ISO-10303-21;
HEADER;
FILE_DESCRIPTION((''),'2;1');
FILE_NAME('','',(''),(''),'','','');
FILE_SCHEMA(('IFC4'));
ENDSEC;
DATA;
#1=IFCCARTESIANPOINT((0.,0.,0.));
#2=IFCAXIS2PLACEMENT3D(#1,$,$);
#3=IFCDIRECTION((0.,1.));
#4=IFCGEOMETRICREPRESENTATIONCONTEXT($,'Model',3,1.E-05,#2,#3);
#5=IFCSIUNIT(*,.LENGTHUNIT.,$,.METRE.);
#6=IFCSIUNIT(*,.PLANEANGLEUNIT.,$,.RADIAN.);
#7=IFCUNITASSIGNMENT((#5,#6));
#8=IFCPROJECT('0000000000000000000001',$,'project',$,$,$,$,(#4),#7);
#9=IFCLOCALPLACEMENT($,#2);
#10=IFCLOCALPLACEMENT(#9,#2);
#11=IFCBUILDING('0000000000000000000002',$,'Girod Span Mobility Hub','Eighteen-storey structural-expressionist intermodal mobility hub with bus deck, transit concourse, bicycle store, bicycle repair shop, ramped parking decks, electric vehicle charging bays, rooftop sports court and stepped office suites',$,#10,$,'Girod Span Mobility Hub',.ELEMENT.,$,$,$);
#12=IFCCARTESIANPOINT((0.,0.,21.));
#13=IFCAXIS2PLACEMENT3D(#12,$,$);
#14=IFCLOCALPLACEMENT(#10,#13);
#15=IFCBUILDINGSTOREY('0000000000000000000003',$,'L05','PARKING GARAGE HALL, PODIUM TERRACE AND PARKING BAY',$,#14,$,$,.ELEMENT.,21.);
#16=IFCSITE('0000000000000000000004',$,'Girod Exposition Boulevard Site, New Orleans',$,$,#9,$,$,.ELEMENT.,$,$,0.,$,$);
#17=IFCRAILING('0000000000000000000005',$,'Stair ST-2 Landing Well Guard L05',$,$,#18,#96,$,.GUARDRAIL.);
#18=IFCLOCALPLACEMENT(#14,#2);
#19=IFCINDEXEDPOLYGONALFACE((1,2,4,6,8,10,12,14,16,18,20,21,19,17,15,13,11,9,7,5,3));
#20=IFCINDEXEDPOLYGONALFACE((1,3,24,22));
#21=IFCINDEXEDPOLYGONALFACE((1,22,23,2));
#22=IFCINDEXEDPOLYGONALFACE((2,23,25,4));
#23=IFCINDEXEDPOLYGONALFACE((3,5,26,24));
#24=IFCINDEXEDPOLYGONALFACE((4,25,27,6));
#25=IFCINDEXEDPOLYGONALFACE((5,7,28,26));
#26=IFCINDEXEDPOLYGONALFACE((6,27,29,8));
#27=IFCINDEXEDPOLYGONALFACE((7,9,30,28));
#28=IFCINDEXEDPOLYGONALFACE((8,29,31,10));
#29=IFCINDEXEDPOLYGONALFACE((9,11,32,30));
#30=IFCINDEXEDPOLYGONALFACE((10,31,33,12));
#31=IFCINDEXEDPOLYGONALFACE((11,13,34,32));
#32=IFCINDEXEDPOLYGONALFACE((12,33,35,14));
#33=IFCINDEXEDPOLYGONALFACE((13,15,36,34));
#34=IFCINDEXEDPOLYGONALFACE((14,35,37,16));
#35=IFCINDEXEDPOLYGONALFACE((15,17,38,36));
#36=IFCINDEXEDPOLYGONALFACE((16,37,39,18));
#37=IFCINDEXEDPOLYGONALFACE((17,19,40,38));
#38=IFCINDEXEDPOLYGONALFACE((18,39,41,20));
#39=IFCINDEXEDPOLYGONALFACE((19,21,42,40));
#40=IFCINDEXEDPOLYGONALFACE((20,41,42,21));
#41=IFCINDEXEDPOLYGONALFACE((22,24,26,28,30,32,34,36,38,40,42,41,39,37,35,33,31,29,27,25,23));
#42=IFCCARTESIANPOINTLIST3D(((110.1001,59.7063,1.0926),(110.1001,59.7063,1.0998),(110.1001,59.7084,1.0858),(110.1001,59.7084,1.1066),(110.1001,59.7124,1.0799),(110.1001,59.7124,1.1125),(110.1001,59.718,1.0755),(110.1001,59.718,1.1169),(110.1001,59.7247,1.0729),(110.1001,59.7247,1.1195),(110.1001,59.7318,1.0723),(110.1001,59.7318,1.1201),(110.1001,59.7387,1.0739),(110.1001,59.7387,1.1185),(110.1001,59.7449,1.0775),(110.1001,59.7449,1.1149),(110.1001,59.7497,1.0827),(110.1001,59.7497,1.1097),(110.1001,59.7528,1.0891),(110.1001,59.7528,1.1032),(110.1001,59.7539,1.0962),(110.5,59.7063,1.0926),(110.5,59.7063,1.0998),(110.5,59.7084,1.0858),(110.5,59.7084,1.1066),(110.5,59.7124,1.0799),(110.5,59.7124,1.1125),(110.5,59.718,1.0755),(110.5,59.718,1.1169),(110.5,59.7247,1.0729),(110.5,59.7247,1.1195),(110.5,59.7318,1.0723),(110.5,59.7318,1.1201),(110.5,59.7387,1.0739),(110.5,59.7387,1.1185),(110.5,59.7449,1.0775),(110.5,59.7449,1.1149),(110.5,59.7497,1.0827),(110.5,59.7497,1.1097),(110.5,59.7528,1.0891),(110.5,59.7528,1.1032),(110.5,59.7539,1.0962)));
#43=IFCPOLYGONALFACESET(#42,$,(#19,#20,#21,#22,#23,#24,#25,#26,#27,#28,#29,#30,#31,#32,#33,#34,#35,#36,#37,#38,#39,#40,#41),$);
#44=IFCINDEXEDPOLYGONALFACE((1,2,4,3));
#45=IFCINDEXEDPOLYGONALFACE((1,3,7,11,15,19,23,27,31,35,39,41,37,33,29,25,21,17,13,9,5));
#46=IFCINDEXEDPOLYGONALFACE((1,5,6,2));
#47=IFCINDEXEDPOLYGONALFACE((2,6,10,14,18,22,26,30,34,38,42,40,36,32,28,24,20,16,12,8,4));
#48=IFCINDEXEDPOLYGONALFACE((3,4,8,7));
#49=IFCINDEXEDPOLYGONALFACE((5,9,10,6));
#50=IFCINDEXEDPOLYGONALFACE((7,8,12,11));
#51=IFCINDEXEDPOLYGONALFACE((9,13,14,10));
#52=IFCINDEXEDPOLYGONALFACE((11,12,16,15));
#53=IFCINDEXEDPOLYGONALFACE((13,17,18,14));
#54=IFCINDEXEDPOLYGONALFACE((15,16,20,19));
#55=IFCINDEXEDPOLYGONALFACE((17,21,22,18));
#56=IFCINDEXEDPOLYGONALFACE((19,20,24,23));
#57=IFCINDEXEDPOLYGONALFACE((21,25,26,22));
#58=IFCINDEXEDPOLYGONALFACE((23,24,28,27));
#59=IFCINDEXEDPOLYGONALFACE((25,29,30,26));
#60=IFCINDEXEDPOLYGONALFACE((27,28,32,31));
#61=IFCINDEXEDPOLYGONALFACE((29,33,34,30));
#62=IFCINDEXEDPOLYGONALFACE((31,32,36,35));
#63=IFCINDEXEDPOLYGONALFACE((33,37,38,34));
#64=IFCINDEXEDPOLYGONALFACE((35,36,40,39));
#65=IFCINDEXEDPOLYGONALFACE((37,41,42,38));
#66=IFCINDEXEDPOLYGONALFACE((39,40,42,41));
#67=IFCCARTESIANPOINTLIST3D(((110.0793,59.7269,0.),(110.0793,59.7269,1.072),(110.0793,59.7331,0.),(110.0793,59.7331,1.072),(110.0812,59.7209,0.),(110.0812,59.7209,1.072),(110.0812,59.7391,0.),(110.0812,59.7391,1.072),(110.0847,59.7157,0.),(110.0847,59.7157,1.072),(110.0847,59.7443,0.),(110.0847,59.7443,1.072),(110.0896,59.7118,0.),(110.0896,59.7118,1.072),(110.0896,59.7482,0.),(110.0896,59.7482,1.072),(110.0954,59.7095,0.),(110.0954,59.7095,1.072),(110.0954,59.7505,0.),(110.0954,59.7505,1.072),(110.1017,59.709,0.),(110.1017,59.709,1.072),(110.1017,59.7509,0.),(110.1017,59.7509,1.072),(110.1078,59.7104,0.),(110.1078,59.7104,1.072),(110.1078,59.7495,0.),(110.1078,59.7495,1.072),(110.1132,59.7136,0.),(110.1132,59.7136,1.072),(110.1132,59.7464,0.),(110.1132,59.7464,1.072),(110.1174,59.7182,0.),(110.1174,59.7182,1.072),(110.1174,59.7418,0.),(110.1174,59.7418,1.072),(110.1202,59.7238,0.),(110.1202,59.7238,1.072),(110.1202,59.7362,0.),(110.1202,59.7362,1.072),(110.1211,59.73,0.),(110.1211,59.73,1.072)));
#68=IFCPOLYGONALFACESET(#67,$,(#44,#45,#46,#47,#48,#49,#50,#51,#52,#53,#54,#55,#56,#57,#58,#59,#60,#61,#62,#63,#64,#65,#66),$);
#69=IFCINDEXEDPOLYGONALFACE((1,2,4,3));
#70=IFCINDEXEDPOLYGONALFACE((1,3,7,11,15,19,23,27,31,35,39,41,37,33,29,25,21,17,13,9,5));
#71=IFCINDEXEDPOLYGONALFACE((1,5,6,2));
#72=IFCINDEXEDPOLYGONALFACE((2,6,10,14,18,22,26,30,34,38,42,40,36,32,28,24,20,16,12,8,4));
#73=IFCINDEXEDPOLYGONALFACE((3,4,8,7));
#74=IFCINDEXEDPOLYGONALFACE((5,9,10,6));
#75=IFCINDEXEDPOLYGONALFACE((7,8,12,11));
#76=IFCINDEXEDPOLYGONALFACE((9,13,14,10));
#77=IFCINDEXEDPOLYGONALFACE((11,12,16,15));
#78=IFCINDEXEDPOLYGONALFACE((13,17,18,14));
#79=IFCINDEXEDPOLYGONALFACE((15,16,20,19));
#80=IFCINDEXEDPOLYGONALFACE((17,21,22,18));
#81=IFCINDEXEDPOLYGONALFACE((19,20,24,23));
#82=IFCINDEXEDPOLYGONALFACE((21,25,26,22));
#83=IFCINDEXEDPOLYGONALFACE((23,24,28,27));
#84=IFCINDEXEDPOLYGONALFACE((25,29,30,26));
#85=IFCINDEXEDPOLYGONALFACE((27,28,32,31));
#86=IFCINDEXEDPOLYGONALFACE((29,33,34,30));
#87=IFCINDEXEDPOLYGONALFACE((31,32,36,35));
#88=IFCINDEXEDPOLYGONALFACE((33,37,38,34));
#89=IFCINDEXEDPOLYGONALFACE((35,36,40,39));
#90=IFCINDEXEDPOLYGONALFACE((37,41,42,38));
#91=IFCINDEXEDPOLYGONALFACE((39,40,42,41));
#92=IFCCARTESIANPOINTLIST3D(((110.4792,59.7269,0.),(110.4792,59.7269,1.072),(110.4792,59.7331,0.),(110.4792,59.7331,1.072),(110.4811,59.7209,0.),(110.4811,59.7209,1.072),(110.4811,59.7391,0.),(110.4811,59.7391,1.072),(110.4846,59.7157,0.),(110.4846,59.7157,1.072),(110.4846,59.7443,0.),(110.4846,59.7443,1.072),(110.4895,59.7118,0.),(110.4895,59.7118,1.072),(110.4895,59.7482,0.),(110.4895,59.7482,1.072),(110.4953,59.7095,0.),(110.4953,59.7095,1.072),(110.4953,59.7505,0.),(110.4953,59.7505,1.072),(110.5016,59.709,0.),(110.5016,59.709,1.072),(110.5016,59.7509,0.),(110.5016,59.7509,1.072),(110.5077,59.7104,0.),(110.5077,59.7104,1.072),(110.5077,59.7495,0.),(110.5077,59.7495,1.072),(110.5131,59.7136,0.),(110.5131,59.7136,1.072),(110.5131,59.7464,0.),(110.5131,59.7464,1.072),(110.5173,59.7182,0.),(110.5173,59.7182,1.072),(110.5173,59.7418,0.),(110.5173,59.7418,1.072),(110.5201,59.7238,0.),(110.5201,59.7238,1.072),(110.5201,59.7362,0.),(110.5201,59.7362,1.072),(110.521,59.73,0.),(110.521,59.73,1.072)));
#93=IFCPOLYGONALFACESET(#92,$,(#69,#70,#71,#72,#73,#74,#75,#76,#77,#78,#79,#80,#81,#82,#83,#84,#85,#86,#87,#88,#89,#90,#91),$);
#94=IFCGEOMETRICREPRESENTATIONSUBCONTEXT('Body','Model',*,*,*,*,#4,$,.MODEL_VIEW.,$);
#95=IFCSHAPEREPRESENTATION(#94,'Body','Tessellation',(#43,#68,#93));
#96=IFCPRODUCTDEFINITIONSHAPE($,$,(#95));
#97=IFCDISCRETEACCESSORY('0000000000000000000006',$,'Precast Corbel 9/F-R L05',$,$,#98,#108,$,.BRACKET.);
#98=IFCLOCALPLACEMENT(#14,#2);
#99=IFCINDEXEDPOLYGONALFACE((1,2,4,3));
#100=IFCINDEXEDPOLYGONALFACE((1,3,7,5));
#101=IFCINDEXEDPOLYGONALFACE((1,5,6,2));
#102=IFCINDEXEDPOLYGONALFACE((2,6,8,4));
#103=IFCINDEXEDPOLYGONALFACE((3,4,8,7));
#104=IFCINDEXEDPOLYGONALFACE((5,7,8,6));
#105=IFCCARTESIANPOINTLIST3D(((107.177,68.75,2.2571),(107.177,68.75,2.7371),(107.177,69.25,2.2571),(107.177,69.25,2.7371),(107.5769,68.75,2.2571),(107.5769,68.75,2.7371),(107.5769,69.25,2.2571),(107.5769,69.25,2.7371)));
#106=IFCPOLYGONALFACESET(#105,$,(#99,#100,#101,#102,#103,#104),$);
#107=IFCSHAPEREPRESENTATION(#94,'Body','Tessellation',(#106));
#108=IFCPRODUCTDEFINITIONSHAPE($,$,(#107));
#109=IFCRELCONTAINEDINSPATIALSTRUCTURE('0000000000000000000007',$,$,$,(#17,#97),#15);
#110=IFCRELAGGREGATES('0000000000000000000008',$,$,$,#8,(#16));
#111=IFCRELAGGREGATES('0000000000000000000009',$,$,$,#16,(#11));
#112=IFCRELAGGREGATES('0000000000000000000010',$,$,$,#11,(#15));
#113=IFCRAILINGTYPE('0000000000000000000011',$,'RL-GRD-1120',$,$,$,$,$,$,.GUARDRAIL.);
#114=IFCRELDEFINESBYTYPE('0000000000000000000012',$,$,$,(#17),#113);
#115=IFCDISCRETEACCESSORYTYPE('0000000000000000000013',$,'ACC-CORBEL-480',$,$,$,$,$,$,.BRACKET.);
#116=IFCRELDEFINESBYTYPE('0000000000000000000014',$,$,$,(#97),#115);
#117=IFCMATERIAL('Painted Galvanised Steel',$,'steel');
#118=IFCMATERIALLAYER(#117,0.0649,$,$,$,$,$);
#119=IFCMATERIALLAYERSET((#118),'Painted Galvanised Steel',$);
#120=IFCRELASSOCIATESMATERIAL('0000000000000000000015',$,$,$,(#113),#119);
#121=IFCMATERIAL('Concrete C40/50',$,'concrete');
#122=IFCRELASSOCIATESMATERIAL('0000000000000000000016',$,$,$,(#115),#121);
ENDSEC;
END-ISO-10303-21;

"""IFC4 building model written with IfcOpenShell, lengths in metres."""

from ifc_helpers import new_model, si_unit, direction, frame, origin, origin_2d, place, context, subcontext, project, spatial, rectangle, circle, extrude, material, layer, layer_set, type_object, element, save


model = new_model("IFC4")

# Units and contexts
model_context = context("Model", 3, precision=1e-05, world=origin(), true_north=direction((0.0, 1.0)))
body_context = subcontext(model_context, "Body", "Model", "MODEL_VIEW")
ifc_project = project(units=[si_unit("LENGTHUNIT", "METRE"), si_unit("PLANEANGLEUNIT", "RADIAN")], contexts=[model_context])

# Site, building, storey
site_placement = place(None, origin())
site = spatial("IfcSite", under=ifc_project, at=site_placement, Name="Girod Exposition Boulevard Site, New Orleans", CompositionType="ELEMENT", RefElevation=0.0)
building_placement = place(site_placement, origin())
building = spatial("IfcBuilding", under=site, at=building_placement, Name="Girod Span Mobility Hub", Description="Eighteen-storey structural-expressionist intermodal mobility hub with bus deck, transit concourse, bicycle store, bicycle repair shop, ramped parking decks, electric vehicle charging bays, rooftop sports court and stepped office suites", LongName="Girod Span Mobility Hub", CompositionType="ELEMENT")
storey_placement = place(building_placement, frame((0.0, 0.0, 21.0)))
storey = spatial("IfcBuildingStorey", under=building, at=storey_placement, Name="L05", Description="PARKING GARAGE HALL, PODIUM TERRACE AND PARKING BAY", CompositionType="ELEMENT", Elevation=21.0)

# Railing
ifc_material_1 = material(Name="Painted Galvanised Steel", Category="steel")
ifc_layer_1 = layer(ifc_material_1, 0.0649)
ifc_layer_set_1 = layer_set([ifc_layer_1], Name="Painted Galvanised Steel")
railing_type_1 = type_object("IfcRailingType", Name="RL-GRD-1120", PredefinedType="GUARDRAIL", material=ifc_layer_set_1)
for number, where, name in (
    (1, (110.1001, 59.73, 0.0), "Stair ST-2 Landing Well Guard L05"),
):
    element("IfcRailing", number, at=place(storey_placement, frame(where)), inside=storey, type_object=railing_type_1, Name=name, PredefinedType="GUARDRAIL", context=body_context, shape_type="SweptSolid", body=[
        extrude(circle(Radius=0.0239, at=origin_2d()), frame((0.0, 0.0, 1.0962), z_axis=(1.0, 0.0, 0.0), x_axis=(0.0, 1.0, 0.0)), (0.0, 0.0, 1.0), 0.3999),
        extrude(circle(Radius=0.021, at=origin_2d()), origin(), (0.0, 0.0, 1.0), 1.072),
        extrude(circle(Radius=0.021, at=origin_2d()), frame((0.3999, 0.0, 0.0)), (0.0, 0.0, 1.0), 1.072),
    ])

# Discrete accessory
ifc_material_2 = material(Name="Concrete C40/50", Category="concrete")
discrete_accessory_type = type_object("IfcDiscreteAccessoryType", Name="ACC-CORBEL-480", PredefinedType="BRACKET", material=ifc_material_2)
discrete_accessory_placement = place(storey_placement, frame((107.377, 69.0, 2.2571), z_axis=(0.0, 0.0, 1.0), x_axis=(1.0, 0.0, 0.0)))
element("IfcDiscreteAccessory", 2, at=discrete_accessory_placement, inside=storey, type_object=discrete_accessory_type, Name="Precast Corbel 9/F-R L05", PredefinedType="BRACKET", context=body_context, shape_type="SweptSolid", body=[
    extrude(rectangle(XDim=0.3999, YDim=0.5, at=origin_2d()), origin(), (0.0, 0.0, 1.0), 0.48),
])

save(model, "model.ifc")
